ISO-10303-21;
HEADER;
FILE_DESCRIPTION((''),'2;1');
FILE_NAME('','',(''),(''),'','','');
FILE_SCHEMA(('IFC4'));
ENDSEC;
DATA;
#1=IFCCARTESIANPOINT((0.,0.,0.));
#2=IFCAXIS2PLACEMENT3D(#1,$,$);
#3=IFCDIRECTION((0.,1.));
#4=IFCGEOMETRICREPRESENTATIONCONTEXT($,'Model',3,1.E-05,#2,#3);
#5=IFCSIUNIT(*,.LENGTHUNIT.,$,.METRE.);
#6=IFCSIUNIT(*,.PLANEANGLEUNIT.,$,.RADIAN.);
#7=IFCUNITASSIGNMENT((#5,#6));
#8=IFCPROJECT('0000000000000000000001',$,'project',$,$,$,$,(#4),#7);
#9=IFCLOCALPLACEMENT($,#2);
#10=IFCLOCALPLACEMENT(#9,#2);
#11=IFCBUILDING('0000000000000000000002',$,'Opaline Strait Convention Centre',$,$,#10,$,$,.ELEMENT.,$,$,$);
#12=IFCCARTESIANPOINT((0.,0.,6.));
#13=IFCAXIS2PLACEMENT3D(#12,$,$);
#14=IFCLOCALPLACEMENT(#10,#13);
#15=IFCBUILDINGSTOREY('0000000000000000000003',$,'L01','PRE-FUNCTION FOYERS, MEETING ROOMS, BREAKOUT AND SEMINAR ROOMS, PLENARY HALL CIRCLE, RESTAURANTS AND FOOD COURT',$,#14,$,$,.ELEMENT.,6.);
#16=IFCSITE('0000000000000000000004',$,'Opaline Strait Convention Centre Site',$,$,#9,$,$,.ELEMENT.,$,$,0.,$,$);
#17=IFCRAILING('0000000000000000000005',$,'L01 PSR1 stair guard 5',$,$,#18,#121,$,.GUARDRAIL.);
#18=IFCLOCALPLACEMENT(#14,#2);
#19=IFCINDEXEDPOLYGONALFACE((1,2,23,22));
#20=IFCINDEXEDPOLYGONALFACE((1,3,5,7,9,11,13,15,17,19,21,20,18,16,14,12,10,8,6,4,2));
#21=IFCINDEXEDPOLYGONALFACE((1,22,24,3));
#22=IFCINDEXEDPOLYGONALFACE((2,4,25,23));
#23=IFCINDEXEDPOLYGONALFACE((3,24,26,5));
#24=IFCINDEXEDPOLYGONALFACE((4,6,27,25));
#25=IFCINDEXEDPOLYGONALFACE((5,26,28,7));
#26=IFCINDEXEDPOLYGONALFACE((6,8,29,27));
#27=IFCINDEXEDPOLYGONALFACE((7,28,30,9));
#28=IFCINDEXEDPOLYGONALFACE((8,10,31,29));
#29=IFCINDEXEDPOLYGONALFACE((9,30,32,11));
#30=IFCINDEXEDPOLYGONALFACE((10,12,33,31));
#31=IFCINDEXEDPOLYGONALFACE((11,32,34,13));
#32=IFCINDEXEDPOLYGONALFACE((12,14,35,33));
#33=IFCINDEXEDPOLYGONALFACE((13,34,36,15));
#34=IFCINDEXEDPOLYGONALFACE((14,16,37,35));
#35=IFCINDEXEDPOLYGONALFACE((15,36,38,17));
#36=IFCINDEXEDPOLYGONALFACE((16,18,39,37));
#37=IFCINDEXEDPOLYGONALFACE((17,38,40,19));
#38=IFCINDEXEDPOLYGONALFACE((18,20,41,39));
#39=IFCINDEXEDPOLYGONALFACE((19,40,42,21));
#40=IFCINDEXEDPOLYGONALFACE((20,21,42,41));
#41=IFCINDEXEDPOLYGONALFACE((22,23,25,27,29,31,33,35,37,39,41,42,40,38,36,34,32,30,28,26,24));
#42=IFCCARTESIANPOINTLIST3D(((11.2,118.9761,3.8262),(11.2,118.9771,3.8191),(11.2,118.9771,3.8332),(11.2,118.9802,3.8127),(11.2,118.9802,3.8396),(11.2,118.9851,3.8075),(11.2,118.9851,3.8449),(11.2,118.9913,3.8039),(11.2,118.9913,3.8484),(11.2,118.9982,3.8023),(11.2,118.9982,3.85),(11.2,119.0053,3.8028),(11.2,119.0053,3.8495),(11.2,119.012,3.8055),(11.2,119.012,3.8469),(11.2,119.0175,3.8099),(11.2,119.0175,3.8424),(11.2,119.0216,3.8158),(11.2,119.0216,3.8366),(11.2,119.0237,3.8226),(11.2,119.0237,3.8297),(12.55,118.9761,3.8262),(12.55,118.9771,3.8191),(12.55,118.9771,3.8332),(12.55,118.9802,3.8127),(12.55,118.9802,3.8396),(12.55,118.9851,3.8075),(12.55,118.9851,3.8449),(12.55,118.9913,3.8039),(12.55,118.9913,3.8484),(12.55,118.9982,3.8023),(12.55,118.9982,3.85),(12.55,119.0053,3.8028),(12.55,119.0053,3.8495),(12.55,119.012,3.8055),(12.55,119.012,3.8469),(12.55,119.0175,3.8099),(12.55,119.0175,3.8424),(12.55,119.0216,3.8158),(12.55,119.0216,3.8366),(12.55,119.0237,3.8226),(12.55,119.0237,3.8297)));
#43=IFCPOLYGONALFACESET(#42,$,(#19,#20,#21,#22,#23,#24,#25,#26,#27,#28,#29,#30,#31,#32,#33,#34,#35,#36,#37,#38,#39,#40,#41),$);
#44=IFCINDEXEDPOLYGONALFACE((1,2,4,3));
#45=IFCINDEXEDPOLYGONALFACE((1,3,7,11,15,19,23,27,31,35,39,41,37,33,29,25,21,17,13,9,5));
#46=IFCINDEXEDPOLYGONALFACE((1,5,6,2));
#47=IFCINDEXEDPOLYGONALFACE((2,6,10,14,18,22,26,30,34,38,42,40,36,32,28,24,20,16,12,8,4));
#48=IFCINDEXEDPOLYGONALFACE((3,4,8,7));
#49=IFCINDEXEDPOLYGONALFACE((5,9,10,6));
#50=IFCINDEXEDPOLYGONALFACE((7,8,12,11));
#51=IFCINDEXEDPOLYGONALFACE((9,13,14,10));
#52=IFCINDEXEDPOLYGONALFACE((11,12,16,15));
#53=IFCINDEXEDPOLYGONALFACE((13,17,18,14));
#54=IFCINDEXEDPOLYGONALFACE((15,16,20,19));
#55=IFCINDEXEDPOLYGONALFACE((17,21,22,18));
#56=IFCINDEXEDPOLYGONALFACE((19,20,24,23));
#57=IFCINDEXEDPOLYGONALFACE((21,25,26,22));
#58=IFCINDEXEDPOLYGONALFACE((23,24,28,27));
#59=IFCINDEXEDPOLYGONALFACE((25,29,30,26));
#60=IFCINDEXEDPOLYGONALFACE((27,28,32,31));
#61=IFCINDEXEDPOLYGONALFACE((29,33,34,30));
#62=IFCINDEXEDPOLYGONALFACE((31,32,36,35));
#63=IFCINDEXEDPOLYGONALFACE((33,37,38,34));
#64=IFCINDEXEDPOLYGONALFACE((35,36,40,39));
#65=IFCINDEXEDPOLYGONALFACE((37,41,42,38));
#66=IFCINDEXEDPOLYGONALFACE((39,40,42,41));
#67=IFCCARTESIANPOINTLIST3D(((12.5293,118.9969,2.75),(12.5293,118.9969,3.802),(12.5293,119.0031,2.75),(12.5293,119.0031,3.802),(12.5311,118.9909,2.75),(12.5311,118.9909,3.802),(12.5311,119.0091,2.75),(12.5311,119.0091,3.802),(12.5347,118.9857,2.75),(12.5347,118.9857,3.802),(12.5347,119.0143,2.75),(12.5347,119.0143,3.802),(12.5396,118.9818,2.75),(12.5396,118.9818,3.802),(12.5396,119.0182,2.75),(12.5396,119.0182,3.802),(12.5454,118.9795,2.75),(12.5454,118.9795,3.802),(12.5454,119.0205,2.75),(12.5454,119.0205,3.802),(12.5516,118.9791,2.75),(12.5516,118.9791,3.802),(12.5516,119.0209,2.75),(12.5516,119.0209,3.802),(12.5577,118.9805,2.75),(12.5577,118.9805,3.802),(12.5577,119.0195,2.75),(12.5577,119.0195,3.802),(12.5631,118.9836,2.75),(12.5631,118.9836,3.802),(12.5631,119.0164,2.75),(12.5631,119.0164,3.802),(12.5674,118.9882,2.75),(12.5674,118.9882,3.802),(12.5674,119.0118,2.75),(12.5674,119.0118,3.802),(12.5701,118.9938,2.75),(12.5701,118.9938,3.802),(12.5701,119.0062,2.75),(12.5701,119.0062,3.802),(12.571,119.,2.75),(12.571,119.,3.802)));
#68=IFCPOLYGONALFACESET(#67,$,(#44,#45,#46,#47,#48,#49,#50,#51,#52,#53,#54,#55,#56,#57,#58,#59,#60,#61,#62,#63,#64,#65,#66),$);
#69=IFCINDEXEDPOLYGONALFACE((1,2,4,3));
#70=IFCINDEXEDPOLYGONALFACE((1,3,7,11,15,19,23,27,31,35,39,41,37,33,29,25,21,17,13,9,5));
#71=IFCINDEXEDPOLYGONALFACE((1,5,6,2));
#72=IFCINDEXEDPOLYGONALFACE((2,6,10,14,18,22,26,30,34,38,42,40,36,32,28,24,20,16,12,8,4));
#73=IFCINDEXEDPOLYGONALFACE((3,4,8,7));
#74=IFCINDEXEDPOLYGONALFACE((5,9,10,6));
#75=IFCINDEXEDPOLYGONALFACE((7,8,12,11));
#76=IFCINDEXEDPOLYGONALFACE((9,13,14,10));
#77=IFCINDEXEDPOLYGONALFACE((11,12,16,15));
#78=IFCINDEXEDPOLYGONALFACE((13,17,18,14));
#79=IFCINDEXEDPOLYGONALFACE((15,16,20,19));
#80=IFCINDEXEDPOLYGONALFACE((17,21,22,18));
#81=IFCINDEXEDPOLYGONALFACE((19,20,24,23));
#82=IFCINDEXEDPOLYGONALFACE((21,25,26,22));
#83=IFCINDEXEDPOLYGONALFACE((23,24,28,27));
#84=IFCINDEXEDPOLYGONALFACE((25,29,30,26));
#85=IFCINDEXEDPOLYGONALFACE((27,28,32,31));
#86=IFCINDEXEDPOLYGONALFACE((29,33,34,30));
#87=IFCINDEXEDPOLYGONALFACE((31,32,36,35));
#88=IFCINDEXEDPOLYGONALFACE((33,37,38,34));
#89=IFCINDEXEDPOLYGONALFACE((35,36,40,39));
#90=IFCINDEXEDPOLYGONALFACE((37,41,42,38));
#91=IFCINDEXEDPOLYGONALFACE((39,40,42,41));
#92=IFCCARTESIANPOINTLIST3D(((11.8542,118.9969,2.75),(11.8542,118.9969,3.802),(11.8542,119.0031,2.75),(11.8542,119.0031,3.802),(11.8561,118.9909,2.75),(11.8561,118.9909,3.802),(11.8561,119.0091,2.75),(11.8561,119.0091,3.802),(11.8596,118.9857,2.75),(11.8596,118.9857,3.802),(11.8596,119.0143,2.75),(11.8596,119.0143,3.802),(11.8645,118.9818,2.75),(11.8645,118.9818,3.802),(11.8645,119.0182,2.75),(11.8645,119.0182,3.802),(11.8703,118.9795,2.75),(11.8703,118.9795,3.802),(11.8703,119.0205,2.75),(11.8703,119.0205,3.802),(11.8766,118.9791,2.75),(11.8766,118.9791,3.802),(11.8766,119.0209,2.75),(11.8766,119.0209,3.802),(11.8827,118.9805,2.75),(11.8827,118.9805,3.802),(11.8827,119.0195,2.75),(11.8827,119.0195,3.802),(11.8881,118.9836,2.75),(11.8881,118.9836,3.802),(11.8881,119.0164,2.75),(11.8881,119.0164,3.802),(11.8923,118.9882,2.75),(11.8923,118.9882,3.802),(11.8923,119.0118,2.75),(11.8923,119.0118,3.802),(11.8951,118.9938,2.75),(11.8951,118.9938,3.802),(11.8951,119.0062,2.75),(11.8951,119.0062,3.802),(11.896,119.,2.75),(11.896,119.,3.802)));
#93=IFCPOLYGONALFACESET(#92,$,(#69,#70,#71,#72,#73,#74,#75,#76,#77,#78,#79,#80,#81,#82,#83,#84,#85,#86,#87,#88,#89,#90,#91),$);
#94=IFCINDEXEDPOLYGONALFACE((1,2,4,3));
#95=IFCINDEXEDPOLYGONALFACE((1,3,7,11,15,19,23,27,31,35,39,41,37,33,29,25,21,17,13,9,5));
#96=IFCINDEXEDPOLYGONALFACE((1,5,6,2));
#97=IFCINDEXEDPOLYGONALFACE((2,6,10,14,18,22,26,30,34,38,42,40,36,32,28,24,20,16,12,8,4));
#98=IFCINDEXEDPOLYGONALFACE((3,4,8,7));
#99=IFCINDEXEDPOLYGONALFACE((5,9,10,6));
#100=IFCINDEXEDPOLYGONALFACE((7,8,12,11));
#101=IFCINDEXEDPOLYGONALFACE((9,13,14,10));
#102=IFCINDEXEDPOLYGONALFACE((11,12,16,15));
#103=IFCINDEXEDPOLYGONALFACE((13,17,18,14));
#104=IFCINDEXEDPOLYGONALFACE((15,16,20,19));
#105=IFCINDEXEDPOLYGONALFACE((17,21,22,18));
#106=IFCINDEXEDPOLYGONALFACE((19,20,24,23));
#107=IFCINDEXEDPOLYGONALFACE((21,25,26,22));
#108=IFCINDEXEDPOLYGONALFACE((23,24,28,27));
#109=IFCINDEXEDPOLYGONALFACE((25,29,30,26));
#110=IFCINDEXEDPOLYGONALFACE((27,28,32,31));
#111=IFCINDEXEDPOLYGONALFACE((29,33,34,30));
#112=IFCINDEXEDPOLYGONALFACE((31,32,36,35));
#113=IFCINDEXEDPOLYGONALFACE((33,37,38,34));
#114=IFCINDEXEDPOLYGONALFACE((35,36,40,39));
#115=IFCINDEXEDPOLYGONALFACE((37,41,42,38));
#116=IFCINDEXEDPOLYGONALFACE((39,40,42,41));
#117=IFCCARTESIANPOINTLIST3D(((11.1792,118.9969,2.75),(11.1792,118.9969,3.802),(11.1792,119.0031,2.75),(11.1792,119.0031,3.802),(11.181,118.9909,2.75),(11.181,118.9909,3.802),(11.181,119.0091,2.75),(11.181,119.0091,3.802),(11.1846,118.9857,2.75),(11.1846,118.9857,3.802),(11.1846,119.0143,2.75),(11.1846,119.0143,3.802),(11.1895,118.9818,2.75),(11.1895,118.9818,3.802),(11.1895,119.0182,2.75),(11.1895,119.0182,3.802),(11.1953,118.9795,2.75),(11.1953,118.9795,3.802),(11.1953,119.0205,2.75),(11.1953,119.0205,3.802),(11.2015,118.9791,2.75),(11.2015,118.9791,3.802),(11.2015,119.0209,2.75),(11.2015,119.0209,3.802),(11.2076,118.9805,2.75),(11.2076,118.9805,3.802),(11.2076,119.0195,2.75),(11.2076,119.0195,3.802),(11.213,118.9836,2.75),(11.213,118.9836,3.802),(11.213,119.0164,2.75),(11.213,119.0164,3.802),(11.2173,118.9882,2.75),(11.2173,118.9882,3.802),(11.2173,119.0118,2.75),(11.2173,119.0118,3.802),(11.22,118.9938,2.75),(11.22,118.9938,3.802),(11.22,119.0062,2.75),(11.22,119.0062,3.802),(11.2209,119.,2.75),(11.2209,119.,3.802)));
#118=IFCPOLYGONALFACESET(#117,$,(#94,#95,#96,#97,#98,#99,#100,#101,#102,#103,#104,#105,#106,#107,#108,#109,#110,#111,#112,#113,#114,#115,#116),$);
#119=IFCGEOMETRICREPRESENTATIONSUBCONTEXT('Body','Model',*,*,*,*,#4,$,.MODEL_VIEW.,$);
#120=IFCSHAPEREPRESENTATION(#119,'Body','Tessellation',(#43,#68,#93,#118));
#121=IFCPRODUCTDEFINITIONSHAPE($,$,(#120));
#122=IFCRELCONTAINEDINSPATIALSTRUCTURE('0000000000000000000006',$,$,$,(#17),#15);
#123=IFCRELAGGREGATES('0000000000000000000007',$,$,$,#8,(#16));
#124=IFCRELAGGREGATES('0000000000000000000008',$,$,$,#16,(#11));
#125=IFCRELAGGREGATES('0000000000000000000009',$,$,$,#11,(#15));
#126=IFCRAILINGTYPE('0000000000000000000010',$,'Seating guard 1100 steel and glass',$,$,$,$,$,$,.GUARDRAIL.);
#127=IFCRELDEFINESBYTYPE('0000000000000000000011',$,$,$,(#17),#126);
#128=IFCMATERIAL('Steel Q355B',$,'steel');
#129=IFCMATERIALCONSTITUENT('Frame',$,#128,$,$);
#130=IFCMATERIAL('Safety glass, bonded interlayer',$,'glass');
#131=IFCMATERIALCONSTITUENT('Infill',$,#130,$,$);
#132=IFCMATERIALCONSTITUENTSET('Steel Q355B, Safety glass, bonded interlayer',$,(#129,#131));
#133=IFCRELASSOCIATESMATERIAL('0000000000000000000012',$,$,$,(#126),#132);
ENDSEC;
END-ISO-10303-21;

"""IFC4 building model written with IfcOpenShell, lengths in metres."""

from ifc_helpers import new_model, si_unit, direction, frame, origin, origin_2d, place, context, subcontext, project, spatial, circle, extrude, material, constituent, constituent_set, type_object, element, save


model = new_model("IFC4")

# Units and contexts
model_context = context("Model", 3, precision=1e-05, world=origin(), true_north=direction((0.0, 1.0)))
body_context = subcontext(model_context, "Body", "Model", "MODEL_VIEW")
ifc_project = project(units=[si_unit("LENGTHUNIT", "METRE"), si_unit("PLANEANGLEUNIT", "RADIAN")], contexts=[model_context])

# Site, building, storey
site_placement = place(None, origin())
site = spatial("IfcSite", under=ifc_project, at=site_placement, Name="Opaline Strait Convention Centre Site", CompositionType="ELEMENT", RefElevation=0.0)
building_placement = place(site_placement, origin())
building = spatial("IfcBuilding", under=site, at=building_placement, Name="Opaline Strait Convention Centre", CompositionType="ELEMENT")
storey_placement = place(building_placement, frame((0.0, 0.0, 6.0)))
storey = spatial("IfcBuildingStorey", under=building, at=storey_placement, Name="L01", Description="PRE-FUNCTION FOYERS, MEETING ROOMS, BREAKOUT AND SEMINAR ROOMS, PLENARY HALL CIRCLE, RESTAURANTS AND FOOD COURT", CompositionType="ELEMENT", Elevation=6.0)

# Railing
ifc_material_1 = material(Name="Steel Q355B", Category="steel")
ifc_constituent_1 = constituent(ifc_material_1, Name="Frame")
ifc_material_2 = material(Name="Safety glass, bonded interlayer", Category="glass")
ifc_constituent_2 = constituent(ifc_material_2, Name="Infill")
ifc_constituent_set = constituent_set(constituents=[ifc_constituent_1, ifc_constituent_2], Name="Steel Q355B, Safety glass, bonded interlayer")
railing_type_1 = type_object("IfcRailingType", Name="Seating guard 1100 steel and glass", PredefinedType="GUARDRAIL", material=ifc_constituent_set)
railing_1_placement = place(storey_placement, frame((12.55, 119.0, 2.75)))
element("IfcRailing", 1, at=railing_1_placement, inside=storey, type_object=railing_type_1, Name="L01 PSR1 stair guard 5", PredefinedType="GUARDRAIL", context=body_context, shape_type="SweptSolid", body=[
    extrude(circle(Radius=0.0239, at=origin_2d()), frame((0.0, 0.0, 1.0762), z_axis=(-1.0, 0.0, 0.0), x_axis=(0.0, -1.0, 0.0)), (0.0, 0.0, 1.0), 1.3501),
    extrude(circle(Radius=0.021, at=origin_2d()), origin(), (0.0, 0.0, 1.0), 1.052),
    extrude(circle(Radius=0.021, at=origin_2d()), frame((-0.675, 0.0, 0.0)), (0.0, 0.0, 1.0), 1.052),
    extrude(circle(Radius=0.021, at=origin_2d()), frame((-1.3501, 0.0, 0.0)), (0.0, 0.0, 1.0), 1.052),
])

save(model, "model.ifc")
